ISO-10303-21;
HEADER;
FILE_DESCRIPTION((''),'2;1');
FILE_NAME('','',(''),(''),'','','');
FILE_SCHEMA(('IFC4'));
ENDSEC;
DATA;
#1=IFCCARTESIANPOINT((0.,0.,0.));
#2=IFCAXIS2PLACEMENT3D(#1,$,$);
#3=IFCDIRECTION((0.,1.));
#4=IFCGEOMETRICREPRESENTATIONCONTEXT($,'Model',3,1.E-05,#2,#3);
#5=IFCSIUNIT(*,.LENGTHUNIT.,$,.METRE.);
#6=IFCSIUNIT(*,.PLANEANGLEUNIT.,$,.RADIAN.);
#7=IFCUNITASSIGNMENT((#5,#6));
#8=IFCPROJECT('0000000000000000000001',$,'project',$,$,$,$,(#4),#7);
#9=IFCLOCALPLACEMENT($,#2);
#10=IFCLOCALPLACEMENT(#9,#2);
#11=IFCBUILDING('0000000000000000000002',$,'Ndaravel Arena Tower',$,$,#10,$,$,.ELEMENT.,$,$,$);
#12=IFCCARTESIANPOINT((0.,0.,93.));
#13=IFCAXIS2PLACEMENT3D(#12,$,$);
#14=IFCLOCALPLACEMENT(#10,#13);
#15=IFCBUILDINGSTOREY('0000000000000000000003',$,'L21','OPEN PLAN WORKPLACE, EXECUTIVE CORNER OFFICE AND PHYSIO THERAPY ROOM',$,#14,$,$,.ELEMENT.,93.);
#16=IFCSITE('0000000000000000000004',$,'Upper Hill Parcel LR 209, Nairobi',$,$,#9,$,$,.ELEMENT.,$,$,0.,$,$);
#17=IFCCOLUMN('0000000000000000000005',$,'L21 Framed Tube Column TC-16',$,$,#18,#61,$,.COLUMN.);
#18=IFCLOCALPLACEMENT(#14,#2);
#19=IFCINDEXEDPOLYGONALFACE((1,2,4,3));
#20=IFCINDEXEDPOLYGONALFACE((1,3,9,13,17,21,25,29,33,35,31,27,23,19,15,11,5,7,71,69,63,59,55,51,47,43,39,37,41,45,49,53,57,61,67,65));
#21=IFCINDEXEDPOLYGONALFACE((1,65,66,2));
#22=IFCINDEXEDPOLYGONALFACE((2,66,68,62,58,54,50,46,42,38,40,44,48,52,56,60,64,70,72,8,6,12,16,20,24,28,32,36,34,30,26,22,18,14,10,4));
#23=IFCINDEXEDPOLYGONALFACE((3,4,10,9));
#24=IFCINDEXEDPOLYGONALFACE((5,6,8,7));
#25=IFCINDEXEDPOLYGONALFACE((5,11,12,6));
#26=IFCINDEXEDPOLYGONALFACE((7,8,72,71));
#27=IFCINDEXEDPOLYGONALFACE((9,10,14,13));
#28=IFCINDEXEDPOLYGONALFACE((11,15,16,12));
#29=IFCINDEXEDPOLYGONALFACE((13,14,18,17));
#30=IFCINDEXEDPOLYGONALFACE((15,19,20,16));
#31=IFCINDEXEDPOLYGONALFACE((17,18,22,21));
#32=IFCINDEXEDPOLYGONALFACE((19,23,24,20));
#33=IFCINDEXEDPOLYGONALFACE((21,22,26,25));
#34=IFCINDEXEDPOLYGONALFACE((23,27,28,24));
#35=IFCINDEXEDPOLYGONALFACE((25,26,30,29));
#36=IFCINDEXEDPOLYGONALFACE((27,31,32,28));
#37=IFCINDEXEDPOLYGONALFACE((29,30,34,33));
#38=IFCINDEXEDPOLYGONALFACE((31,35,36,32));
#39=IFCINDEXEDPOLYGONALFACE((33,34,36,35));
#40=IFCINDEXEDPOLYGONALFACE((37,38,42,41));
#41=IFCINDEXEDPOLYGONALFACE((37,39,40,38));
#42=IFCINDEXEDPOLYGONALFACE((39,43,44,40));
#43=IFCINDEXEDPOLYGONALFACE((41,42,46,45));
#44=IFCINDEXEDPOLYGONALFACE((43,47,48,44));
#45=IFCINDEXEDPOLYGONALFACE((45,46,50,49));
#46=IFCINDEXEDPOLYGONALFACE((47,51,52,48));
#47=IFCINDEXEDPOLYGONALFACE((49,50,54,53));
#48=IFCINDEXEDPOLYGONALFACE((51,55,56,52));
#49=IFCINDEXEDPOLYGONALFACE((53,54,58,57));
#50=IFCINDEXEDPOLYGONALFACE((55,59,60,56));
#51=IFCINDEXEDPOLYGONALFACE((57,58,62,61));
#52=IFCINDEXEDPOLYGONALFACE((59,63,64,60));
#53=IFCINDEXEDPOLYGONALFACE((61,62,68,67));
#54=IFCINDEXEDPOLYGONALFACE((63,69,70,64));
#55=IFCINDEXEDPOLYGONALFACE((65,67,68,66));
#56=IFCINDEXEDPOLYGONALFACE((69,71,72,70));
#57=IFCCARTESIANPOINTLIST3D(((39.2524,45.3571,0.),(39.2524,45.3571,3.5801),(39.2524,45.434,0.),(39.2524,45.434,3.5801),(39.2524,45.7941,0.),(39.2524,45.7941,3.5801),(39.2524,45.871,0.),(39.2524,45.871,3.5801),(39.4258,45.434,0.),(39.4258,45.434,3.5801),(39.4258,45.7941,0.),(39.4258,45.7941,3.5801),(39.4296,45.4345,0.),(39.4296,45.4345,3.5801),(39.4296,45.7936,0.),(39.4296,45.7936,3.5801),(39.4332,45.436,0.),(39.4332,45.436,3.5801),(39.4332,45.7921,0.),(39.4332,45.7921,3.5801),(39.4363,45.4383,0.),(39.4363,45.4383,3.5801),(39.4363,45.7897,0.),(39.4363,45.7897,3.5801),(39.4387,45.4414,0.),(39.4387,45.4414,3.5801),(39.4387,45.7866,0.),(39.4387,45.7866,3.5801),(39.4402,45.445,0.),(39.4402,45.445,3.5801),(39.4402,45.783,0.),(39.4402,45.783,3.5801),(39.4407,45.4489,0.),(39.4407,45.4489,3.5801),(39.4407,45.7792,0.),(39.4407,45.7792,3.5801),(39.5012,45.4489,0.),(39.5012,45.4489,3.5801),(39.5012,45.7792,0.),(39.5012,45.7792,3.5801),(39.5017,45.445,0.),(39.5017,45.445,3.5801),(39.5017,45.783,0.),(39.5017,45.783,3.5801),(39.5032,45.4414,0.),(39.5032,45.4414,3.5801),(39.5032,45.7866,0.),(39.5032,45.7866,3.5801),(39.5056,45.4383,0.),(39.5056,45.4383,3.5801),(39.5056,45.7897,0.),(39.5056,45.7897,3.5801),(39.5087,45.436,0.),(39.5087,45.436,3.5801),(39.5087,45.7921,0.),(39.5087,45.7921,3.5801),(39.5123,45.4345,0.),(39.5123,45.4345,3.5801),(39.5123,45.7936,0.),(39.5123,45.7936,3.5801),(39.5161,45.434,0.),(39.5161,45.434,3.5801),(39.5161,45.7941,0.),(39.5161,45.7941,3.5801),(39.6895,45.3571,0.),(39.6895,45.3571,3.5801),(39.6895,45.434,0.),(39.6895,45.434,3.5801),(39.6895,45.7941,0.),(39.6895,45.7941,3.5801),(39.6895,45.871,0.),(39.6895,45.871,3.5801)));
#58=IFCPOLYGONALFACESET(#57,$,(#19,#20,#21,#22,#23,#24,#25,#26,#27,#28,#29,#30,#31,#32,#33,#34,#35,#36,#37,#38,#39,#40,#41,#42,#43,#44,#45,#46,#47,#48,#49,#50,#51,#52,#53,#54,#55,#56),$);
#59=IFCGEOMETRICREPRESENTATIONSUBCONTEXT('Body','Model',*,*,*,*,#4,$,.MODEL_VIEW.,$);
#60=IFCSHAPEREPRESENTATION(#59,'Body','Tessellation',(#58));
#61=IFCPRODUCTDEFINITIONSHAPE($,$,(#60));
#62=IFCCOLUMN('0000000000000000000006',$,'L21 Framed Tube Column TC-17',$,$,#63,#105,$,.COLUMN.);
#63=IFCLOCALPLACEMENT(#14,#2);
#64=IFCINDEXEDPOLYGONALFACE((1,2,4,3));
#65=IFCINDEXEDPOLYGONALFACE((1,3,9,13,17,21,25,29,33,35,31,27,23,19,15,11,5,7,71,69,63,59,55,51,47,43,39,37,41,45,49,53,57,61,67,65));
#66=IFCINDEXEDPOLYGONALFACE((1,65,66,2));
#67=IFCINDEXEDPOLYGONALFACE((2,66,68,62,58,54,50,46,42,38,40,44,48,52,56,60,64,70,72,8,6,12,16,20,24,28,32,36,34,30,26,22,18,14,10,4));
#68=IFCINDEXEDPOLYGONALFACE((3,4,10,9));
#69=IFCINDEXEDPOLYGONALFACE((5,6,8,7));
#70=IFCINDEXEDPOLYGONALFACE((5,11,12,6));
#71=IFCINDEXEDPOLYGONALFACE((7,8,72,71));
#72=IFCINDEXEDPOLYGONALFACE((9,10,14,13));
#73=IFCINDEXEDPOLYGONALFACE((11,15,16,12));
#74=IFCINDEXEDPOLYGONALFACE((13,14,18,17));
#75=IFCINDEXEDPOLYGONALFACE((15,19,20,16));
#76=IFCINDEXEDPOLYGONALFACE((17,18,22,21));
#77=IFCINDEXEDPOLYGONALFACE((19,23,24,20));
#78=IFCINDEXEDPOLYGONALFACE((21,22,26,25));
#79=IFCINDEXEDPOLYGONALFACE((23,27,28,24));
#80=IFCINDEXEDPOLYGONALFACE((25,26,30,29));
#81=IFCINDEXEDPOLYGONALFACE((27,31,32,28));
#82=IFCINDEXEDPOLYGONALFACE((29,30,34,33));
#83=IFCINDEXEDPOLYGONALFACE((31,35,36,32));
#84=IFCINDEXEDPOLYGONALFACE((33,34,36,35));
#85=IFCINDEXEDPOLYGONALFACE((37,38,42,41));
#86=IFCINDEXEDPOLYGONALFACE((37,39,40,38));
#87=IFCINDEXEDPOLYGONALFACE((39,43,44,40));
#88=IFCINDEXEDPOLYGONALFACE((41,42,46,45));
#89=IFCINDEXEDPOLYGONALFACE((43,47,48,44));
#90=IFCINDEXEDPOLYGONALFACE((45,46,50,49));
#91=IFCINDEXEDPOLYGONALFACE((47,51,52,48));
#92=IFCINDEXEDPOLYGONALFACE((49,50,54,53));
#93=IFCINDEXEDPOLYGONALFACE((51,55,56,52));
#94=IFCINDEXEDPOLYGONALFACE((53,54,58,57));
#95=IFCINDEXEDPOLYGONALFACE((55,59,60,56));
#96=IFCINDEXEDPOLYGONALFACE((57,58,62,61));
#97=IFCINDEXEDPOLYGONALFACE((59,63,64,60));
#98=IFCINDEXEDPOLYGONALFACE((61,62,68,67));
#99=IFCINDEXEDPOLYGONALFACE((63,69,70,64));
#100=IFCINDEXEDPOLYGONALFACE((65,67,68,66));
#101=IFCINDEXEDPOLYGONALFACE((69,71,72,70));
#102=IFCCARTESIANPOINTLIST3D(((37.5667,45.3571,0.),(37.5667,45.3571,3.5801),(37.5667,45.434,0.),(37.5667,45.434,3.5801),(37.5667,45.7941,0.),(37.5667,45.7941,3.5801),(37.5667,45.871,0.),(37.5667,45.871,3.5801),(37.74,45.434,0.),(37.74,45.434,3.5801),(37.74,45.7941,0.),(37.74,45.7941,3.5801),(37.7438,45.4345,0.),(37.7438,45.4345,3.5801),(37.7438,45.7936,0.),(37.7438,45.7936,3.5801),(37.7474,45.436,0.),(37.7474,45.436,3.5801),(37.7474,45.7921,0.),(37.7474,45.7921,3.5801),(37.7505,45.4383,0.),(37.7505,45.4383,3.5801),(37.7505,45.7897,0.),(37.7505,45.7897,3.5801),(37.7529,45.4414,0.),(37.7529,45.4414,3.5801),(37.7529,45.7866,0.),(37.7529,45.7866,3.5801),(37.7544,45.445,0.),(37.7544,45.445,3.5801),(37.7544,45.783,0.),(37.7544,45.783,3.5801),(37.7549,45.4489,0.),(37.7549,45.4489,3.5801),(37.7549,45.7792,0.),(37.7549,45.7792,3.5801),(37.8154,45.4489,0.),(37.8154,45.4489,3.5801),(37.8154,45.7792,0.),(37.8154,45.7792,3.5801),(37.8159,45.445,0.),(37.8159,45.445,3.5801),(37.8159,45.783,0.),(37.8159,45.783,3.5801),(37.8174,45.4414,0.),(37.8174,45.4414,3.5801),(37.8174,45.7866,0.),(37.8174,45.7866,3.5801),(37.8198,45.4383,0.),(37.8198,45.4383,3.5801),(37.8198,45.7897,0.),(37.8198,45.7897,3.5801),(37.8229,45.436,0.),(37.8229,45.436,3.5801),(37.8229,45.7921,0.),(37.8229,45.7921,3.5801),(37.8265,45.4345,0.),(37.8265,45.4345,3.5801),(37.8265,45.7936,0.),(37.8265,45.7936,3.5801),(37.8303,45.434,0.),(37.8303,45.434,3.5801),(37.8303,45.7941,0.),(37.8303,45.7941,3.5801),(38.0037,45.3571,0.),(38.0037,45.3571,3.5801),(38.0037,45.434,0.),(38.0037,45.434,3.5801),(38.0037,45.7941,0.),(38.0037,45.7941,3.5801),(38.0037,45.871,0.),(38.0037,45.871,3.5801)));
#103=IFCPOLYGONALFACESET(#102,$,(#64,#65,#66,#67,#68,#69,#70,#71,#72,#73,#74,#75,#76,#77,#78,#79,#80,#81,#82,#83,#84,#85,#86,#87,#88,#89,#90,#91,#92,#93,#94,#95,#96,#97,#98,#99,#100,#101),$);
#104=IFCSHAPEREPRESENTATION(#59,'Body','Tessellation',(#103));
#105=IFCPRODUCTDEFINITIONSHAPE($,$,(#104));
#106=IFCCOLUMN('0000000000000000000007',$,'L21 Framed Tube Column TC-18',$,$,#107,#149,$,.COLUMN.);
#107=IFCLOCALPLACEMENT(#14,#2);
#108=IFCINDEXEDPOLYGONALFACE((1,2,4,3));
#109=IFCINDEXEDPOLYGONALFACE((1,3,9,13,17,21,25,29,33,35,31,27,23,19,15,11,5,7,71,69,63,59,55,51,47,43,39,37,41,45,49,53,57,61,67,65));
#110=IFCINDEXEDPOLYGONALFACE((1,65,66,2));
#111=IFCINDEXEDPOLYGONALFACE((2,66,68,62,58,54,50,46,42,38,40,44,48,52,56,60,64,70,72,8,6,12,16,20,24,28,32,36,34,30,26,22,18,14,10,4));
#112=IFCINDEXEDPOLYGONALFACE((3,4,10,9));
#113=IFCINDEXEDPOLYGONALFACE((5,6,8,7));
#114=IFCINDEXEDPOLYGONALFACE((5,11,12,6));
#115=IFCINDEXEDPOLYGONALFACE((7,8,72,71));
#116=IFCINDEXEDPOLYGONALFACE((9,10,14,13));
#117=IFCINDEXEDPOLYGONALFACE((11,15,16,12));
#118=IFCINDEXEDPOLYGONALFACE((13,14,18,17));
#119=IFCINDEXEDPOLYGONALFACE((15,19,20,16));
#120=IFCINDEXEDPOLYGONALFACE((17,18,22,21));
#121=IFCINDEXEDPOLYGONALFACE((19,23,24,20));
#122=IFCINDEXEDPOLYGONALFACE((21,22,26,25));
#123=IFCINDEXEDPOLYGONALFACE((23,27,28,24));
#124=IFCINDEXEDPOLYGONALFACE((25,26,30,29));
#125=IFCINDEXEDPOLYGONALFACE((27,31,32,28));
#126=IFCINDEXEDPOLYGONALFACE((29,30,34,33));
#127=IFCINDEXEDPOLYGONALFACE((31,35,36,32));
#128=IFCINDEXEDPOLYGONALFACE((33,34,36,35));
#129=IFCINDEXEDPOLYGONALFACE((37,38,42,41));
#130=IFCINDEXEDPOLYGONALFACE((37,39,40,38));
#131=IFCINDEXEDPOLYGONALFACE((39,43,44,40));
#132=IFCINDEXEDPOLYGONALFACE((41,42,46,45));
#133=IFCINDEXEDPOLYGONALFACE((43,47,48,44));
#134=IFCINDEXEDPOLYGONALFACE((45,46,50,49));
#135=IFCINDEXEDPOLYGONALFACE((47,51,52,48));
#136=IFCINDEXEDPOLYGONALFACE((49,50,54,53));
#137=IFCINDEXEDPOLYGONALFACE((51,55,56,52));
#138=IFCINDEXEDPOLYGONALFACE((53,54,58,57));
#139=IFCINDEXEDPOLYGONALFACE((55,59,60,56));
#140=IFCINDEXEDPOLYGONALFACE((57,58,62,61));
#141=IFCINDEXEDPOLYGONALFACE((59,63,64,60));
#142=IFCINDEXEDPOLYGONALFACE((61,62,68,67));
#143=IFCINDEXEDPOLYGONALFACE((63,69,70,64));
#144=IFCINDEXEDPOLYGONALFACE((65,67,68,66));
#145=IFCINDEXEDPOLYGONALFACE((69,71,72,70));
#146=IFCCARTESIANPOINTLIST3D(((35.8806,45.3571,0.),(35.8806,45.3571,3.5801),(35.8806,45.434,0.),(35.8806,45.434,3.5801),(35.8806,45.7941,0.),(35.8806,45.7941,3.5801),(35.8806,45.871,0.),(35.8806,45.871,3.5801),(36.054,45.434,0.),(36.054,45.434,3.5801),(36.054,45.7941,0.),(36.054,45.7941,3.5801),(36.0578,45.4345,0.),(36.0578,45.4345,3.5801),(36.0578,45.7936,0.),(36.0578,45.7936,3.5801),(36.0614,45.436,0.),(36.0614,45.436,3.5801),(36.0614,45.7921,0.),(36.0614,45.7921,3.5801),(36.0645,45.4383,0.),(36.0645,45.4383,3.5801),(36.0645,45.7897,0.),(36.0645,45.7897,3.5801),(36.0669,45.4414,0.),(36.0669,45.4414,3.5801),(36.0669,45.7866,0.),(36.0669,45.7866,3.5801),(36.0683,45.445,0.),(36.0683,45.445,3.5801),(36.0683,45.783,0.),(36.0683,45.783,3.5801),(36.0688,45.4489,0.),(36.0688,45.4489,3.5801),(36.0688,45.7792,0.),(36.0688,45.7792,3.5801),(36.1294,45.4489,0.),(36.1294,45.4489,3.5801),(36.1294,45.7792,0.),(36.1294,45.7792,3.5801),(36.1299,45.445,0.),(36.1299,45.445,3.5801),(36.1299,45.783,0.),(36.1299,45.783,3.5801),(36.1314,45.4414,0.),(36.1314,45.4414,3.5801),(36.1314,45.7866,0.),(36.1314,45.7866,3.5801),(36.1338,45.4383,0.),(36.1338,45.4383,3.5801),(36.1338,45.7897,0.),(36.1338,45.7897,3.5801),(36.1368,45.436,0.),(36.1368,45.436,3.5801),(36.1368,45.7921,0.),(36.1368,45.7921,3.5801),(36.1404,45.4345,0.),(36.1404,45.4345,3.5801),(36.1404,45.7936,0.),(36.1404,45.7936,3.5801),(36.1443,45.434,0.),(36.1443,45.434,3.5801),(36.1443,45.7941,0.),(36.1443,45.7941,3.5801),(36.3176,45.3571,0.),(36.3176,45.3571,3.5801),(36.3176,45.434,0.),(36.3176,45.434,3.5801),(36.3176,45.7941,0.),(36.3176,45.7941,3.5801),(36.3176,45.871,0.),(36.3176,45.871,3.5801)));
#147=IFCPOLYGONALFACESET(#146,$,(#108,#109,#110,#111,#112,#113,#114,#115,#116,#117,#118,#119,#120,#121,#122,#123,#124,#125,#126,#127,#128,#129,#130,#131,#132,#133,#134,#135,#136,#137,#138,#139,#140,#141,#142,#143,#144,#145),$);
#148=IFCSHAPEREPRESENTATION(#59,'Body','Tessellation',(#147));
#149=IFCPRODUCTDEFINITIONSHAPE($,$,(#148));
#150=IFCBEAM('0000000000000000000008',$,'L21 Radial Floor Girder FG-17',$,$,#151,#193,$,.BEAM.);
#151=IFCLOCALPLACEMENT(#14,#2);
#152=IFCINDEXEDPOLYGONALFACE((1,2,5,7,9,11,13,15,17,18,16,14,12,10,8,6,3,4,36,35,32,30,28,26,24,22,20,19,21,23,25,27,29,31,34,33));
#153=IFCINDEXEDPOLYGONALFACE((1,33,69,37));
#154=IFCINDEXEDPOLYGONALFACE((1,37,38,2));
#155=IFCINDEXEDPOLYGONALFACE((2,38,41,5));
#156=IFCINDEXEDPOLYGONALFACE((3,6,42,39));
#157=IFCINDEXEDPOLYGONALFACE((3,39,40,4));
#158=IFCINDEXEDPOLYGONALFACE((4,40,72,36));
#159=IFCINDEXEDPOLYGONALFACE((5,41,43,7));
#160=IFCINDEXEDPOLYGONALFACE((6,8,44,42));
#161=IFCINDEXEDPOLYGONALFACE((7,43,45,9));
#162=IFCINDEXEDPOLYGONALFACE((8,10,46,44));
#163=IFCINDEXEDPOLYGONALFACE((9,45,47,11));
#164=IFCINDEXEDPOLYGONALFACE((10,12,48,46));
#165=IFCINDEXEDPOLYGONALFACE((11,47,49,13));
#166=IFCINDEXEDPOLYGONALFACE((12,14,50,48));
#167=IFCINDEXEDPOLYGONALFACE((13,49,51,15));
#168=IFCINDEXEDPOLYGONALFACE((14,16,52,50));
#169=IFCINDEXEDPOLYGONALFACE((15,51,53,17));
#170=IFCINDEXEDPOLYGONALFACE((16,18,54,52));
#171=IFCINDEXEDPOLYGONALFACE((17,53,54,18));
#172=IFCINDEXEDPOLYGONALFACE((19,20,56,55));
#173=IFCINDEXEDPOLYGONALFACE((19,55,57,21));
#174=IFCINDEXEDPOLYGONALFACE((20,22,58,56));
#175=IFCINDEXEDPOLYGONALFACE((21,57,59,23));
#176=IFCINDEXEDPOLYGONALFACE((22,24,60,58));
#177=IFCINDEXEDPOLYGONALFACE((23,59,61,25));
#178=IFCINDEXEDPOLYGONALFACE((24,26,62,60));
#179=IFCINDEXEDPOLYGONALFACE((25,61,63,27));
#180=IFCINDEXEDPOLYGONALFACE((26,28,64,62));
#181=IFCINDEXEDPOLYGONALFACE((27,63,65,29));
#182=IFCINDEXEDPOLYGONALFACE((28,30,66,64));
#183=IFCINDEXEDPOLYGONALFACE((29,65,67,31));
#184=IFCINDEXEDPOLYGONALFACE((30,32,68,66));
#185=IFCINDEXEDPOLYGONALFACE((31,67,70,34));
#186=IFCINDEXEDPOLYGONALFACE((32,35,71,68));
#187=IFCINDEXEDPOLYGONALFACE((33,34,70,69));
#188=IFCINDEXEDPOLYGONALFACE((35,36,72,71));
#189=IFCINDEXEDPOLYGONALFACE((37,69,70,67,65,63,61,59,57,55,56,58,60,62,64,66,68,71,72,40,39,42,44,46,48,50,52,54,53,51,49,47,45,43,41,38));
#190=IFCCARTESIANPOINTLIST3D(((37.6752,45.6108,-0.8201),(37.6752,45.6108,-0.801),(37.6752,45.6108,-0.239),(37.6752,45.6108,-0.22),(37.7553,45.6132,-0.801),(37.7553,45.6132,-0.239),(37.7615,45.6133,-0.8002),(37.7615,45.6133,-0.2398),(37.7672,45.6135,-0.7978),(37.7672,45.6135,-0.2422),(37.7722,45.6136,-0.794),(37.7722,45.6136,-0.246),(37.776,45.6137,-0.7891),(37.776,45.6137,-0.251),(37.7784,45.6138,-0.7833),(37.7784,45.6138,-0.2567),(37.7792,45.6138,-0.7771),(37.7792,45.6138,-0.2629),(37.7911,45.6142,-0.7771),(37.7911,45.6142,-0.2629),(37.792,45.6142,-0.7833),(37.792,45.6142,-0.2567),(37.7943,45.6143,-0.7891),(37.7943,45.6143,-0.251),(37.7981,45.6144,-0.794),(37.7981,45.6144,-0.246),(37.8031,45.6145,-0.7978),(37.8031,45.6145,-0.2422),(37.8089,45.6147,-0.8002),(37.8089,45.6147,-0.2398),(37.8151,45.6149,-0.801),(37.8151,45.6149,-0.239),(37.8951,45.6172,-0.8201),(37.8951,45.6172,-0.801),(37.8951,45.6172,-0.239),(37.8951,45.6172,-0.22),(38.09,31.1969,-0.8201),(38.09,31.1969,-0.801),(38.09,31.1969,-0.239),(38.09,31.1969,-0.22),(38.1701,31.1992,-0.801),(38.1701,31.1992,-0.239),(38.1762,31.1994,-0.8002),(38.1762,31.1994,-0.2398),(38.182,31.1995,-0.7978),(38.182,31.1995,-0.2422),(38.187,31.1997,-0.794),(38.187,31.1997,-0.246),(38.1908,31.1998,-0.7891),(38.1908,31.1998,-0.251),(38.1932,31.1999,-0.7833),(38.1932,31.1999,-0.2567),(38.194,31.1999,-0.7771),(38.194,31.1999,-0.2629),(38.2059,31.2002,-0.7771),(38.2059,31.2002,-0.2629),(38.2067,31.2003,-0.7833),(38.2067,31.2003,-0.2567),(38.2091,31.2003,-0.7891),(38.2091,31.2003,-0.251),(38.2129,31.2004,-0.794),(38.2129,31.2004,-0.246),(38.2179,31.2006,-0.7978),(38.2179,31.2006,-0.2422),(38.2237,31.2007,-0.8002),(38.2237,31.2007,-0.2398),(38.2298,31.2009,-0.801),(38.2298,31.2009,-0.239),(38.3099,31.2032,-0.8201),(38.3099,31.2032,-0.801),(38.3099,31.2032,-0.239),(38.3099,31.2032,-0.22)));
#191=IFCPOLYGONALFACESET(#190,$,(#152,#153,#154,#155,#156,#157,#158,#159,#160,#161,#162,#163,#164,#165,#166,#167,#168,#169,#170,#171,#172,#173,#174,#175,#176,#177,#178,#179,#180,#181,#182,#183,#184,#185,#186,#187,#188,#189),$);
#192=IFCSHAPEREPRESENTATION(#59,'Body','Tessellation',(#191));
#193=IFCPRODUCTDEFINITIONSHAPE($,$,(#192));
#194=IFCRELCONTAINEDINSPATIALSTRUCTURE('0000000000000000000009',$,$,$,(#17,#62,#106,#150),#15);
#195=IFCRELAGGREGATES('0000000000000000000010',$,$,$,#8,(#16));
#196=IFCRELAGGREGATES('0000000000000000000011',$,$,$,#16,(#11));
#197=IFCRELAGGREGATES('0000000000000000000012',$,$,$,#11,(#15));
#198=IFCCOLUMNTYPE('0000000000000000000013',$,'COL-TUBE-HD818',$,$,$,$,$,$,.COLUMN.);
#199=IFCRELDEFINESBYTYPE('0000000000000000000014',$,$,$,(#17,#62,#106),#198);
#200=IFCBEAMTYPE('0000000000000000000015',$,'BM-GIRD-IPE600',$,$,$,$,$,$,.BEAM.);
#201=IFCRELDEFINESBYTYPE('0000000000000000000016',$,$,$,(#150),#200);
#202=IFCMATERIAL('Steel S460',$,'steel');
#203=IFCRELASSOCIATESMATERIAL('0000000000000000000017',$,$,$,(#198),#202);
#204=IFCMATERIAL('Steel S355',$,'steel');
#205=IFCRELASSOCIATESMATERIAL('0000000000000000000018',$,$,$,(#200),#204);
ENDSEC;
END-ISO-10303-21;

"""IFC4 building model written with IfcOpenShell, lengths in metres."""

from ifc_helpers import new_model, si_unit, direction, frame, origin, origin_2d, place, context, subcontext, project, spatial, i_section, extrude, material, material_profile, profile_set, type_object, element, save


model = new_model("IFC4")

# Units and contexts
model_context = context("Model", 3, precision=1e-05, world=origin(), true_north=direction((0.0, 1.0)))
body_context = subcontext(model_context, "Body", "Model", "MODEL_VIEW")
ifc_project = project(units=[si_unit("LENGTHUNIT", "METRE"), si_unit("PLANEANGLEUNIT", "RADIAN")], contexts=[model_context])

# Site, building, storey
site_placement = place(None, origin())
site = spatial("IfcSite", under=ifc_project, at=site_placement, Name="Upper Hill Parcel LR 209, Nairobi", CompositionType="ELEMENT", RefElevation=0.0)
building_placement = place(site_placement, origin())
building = spatial("IfcBuilding", under=site, at=building_placement, Name="Ndaravel Arena Tower", CompositionType="ELEMENT")
storey_placement = place(building_placement, frame((0.0, 0.0, 93.0)))
storey = spatial("IfcBuildingStorey", under=building, at=storey_placement, Name="L21", Description="OPEN PLAN WORKPLACE, EXECUTIVE CORNER OFFICE AND PHYSIO THERAPY ROOM", CompositionType="ELEMENT", Elevation=93.0)

# Columns
ifc_material_1 = material(Name="Steel S460", Category="steel")
ifc_material_profile_1 = material_profile(ifc_material_1, i_section(OverallWidth=0.437, OverallDepth=0.5139, WebThickness=0.0605, FlangeThickness=0.0769, FilletRadius=0.0149, at=origin_2d()), Name="HD 400x818")
ifc_profile_set_1 = profile_set([ifc_material_profile_1], Name="Steel S460")
column_type = type_object("IfcColumnType", Name="COL-TUBE-HD818", PredefinedType="COLUMN", material=ifc_profile_set_1)
for number, where, z_axis, x_axis, name in (
    (1, (39.4709, 45.614, 0.0), (0.0, 0.0, 1.0), (1.0, 0.0, 0.0), "L21 Framed Tube Column TC-16"),
    (2, (37.7852, 45.614, 0.0), (0.0, 0.0, 1.0), (1.0, 0.0, 0.0), "L21 Framed Tube Column TC-17"),
    (3, (36.0991, 45.614, 0.0), (0.0, 0.0, 1.0), (1.0, 0.0, 0.0), "L21 Framed Tube Column TC-18"),
):
    element("IfcColumn", number, at=place(storey_placement, frame(where, z_axis=z_axis, x_axis=x_axis)), inside=storey, type_object=column_type, Name=name, PredefinedType="COLUMN", context=body_context, shape_type="SweptSolid", body=[
        extrude(i_section(OverallWidth=0.437, OverallDepth=0.5139, WebThickness=0.0605, FlangeThickness=0.0769, FilletRadius=0.0149, at=origin_2d()), origin(), (0.0, 0.0, 1.0), 3.5801),
    ])

# Beam
ifc_material_2 = material(Name="Steel S355", Category="steel")
ifc_material_profile_2 = material_profile(ifc_material_2, i_section(OverallWidth=0.22, OverallDepth=0.6001, WebThickness=0.012, FlangeThickness=0.019, FilletRadius=0.0239, at=origin_2d()), Name="IPE 600")
ifc_profile_set_2 = profile_set([ifc_material_profile_2], Name="Steel S355")
beam_type_1 = type_object("IfcBeamType", Name="BM-GIRD-IPE600", PredefinedType="BEAM", material=ifc_profile_set_2)
beam_1_placement = place(storey_placement, frame((37.7852, 45.614, -0.52), z_axis=(0.028765, -0.999586, 0.0), x_axis=(0.999586, 0.028765, 0.0)))
element("IfcBeam", 4, at=beam_1_placement, inside=storey, type_object=beam_type_1, Name="L21 Radial Floor Girder FG-17", PredefinedType="BEAM", context=body_context, shape_type="SweptSolid", body=[
    extrude(i_section(OverallWidth=0.22, OverallDepth=0.6001, WebThickness=0.012, FlangeThickness=0.019, FilletRadius=0.0239, at=origin_2d()), origin(), (0.0, 0.0, 1.0), 14.4199),
])

save(model, "model.ifc")
